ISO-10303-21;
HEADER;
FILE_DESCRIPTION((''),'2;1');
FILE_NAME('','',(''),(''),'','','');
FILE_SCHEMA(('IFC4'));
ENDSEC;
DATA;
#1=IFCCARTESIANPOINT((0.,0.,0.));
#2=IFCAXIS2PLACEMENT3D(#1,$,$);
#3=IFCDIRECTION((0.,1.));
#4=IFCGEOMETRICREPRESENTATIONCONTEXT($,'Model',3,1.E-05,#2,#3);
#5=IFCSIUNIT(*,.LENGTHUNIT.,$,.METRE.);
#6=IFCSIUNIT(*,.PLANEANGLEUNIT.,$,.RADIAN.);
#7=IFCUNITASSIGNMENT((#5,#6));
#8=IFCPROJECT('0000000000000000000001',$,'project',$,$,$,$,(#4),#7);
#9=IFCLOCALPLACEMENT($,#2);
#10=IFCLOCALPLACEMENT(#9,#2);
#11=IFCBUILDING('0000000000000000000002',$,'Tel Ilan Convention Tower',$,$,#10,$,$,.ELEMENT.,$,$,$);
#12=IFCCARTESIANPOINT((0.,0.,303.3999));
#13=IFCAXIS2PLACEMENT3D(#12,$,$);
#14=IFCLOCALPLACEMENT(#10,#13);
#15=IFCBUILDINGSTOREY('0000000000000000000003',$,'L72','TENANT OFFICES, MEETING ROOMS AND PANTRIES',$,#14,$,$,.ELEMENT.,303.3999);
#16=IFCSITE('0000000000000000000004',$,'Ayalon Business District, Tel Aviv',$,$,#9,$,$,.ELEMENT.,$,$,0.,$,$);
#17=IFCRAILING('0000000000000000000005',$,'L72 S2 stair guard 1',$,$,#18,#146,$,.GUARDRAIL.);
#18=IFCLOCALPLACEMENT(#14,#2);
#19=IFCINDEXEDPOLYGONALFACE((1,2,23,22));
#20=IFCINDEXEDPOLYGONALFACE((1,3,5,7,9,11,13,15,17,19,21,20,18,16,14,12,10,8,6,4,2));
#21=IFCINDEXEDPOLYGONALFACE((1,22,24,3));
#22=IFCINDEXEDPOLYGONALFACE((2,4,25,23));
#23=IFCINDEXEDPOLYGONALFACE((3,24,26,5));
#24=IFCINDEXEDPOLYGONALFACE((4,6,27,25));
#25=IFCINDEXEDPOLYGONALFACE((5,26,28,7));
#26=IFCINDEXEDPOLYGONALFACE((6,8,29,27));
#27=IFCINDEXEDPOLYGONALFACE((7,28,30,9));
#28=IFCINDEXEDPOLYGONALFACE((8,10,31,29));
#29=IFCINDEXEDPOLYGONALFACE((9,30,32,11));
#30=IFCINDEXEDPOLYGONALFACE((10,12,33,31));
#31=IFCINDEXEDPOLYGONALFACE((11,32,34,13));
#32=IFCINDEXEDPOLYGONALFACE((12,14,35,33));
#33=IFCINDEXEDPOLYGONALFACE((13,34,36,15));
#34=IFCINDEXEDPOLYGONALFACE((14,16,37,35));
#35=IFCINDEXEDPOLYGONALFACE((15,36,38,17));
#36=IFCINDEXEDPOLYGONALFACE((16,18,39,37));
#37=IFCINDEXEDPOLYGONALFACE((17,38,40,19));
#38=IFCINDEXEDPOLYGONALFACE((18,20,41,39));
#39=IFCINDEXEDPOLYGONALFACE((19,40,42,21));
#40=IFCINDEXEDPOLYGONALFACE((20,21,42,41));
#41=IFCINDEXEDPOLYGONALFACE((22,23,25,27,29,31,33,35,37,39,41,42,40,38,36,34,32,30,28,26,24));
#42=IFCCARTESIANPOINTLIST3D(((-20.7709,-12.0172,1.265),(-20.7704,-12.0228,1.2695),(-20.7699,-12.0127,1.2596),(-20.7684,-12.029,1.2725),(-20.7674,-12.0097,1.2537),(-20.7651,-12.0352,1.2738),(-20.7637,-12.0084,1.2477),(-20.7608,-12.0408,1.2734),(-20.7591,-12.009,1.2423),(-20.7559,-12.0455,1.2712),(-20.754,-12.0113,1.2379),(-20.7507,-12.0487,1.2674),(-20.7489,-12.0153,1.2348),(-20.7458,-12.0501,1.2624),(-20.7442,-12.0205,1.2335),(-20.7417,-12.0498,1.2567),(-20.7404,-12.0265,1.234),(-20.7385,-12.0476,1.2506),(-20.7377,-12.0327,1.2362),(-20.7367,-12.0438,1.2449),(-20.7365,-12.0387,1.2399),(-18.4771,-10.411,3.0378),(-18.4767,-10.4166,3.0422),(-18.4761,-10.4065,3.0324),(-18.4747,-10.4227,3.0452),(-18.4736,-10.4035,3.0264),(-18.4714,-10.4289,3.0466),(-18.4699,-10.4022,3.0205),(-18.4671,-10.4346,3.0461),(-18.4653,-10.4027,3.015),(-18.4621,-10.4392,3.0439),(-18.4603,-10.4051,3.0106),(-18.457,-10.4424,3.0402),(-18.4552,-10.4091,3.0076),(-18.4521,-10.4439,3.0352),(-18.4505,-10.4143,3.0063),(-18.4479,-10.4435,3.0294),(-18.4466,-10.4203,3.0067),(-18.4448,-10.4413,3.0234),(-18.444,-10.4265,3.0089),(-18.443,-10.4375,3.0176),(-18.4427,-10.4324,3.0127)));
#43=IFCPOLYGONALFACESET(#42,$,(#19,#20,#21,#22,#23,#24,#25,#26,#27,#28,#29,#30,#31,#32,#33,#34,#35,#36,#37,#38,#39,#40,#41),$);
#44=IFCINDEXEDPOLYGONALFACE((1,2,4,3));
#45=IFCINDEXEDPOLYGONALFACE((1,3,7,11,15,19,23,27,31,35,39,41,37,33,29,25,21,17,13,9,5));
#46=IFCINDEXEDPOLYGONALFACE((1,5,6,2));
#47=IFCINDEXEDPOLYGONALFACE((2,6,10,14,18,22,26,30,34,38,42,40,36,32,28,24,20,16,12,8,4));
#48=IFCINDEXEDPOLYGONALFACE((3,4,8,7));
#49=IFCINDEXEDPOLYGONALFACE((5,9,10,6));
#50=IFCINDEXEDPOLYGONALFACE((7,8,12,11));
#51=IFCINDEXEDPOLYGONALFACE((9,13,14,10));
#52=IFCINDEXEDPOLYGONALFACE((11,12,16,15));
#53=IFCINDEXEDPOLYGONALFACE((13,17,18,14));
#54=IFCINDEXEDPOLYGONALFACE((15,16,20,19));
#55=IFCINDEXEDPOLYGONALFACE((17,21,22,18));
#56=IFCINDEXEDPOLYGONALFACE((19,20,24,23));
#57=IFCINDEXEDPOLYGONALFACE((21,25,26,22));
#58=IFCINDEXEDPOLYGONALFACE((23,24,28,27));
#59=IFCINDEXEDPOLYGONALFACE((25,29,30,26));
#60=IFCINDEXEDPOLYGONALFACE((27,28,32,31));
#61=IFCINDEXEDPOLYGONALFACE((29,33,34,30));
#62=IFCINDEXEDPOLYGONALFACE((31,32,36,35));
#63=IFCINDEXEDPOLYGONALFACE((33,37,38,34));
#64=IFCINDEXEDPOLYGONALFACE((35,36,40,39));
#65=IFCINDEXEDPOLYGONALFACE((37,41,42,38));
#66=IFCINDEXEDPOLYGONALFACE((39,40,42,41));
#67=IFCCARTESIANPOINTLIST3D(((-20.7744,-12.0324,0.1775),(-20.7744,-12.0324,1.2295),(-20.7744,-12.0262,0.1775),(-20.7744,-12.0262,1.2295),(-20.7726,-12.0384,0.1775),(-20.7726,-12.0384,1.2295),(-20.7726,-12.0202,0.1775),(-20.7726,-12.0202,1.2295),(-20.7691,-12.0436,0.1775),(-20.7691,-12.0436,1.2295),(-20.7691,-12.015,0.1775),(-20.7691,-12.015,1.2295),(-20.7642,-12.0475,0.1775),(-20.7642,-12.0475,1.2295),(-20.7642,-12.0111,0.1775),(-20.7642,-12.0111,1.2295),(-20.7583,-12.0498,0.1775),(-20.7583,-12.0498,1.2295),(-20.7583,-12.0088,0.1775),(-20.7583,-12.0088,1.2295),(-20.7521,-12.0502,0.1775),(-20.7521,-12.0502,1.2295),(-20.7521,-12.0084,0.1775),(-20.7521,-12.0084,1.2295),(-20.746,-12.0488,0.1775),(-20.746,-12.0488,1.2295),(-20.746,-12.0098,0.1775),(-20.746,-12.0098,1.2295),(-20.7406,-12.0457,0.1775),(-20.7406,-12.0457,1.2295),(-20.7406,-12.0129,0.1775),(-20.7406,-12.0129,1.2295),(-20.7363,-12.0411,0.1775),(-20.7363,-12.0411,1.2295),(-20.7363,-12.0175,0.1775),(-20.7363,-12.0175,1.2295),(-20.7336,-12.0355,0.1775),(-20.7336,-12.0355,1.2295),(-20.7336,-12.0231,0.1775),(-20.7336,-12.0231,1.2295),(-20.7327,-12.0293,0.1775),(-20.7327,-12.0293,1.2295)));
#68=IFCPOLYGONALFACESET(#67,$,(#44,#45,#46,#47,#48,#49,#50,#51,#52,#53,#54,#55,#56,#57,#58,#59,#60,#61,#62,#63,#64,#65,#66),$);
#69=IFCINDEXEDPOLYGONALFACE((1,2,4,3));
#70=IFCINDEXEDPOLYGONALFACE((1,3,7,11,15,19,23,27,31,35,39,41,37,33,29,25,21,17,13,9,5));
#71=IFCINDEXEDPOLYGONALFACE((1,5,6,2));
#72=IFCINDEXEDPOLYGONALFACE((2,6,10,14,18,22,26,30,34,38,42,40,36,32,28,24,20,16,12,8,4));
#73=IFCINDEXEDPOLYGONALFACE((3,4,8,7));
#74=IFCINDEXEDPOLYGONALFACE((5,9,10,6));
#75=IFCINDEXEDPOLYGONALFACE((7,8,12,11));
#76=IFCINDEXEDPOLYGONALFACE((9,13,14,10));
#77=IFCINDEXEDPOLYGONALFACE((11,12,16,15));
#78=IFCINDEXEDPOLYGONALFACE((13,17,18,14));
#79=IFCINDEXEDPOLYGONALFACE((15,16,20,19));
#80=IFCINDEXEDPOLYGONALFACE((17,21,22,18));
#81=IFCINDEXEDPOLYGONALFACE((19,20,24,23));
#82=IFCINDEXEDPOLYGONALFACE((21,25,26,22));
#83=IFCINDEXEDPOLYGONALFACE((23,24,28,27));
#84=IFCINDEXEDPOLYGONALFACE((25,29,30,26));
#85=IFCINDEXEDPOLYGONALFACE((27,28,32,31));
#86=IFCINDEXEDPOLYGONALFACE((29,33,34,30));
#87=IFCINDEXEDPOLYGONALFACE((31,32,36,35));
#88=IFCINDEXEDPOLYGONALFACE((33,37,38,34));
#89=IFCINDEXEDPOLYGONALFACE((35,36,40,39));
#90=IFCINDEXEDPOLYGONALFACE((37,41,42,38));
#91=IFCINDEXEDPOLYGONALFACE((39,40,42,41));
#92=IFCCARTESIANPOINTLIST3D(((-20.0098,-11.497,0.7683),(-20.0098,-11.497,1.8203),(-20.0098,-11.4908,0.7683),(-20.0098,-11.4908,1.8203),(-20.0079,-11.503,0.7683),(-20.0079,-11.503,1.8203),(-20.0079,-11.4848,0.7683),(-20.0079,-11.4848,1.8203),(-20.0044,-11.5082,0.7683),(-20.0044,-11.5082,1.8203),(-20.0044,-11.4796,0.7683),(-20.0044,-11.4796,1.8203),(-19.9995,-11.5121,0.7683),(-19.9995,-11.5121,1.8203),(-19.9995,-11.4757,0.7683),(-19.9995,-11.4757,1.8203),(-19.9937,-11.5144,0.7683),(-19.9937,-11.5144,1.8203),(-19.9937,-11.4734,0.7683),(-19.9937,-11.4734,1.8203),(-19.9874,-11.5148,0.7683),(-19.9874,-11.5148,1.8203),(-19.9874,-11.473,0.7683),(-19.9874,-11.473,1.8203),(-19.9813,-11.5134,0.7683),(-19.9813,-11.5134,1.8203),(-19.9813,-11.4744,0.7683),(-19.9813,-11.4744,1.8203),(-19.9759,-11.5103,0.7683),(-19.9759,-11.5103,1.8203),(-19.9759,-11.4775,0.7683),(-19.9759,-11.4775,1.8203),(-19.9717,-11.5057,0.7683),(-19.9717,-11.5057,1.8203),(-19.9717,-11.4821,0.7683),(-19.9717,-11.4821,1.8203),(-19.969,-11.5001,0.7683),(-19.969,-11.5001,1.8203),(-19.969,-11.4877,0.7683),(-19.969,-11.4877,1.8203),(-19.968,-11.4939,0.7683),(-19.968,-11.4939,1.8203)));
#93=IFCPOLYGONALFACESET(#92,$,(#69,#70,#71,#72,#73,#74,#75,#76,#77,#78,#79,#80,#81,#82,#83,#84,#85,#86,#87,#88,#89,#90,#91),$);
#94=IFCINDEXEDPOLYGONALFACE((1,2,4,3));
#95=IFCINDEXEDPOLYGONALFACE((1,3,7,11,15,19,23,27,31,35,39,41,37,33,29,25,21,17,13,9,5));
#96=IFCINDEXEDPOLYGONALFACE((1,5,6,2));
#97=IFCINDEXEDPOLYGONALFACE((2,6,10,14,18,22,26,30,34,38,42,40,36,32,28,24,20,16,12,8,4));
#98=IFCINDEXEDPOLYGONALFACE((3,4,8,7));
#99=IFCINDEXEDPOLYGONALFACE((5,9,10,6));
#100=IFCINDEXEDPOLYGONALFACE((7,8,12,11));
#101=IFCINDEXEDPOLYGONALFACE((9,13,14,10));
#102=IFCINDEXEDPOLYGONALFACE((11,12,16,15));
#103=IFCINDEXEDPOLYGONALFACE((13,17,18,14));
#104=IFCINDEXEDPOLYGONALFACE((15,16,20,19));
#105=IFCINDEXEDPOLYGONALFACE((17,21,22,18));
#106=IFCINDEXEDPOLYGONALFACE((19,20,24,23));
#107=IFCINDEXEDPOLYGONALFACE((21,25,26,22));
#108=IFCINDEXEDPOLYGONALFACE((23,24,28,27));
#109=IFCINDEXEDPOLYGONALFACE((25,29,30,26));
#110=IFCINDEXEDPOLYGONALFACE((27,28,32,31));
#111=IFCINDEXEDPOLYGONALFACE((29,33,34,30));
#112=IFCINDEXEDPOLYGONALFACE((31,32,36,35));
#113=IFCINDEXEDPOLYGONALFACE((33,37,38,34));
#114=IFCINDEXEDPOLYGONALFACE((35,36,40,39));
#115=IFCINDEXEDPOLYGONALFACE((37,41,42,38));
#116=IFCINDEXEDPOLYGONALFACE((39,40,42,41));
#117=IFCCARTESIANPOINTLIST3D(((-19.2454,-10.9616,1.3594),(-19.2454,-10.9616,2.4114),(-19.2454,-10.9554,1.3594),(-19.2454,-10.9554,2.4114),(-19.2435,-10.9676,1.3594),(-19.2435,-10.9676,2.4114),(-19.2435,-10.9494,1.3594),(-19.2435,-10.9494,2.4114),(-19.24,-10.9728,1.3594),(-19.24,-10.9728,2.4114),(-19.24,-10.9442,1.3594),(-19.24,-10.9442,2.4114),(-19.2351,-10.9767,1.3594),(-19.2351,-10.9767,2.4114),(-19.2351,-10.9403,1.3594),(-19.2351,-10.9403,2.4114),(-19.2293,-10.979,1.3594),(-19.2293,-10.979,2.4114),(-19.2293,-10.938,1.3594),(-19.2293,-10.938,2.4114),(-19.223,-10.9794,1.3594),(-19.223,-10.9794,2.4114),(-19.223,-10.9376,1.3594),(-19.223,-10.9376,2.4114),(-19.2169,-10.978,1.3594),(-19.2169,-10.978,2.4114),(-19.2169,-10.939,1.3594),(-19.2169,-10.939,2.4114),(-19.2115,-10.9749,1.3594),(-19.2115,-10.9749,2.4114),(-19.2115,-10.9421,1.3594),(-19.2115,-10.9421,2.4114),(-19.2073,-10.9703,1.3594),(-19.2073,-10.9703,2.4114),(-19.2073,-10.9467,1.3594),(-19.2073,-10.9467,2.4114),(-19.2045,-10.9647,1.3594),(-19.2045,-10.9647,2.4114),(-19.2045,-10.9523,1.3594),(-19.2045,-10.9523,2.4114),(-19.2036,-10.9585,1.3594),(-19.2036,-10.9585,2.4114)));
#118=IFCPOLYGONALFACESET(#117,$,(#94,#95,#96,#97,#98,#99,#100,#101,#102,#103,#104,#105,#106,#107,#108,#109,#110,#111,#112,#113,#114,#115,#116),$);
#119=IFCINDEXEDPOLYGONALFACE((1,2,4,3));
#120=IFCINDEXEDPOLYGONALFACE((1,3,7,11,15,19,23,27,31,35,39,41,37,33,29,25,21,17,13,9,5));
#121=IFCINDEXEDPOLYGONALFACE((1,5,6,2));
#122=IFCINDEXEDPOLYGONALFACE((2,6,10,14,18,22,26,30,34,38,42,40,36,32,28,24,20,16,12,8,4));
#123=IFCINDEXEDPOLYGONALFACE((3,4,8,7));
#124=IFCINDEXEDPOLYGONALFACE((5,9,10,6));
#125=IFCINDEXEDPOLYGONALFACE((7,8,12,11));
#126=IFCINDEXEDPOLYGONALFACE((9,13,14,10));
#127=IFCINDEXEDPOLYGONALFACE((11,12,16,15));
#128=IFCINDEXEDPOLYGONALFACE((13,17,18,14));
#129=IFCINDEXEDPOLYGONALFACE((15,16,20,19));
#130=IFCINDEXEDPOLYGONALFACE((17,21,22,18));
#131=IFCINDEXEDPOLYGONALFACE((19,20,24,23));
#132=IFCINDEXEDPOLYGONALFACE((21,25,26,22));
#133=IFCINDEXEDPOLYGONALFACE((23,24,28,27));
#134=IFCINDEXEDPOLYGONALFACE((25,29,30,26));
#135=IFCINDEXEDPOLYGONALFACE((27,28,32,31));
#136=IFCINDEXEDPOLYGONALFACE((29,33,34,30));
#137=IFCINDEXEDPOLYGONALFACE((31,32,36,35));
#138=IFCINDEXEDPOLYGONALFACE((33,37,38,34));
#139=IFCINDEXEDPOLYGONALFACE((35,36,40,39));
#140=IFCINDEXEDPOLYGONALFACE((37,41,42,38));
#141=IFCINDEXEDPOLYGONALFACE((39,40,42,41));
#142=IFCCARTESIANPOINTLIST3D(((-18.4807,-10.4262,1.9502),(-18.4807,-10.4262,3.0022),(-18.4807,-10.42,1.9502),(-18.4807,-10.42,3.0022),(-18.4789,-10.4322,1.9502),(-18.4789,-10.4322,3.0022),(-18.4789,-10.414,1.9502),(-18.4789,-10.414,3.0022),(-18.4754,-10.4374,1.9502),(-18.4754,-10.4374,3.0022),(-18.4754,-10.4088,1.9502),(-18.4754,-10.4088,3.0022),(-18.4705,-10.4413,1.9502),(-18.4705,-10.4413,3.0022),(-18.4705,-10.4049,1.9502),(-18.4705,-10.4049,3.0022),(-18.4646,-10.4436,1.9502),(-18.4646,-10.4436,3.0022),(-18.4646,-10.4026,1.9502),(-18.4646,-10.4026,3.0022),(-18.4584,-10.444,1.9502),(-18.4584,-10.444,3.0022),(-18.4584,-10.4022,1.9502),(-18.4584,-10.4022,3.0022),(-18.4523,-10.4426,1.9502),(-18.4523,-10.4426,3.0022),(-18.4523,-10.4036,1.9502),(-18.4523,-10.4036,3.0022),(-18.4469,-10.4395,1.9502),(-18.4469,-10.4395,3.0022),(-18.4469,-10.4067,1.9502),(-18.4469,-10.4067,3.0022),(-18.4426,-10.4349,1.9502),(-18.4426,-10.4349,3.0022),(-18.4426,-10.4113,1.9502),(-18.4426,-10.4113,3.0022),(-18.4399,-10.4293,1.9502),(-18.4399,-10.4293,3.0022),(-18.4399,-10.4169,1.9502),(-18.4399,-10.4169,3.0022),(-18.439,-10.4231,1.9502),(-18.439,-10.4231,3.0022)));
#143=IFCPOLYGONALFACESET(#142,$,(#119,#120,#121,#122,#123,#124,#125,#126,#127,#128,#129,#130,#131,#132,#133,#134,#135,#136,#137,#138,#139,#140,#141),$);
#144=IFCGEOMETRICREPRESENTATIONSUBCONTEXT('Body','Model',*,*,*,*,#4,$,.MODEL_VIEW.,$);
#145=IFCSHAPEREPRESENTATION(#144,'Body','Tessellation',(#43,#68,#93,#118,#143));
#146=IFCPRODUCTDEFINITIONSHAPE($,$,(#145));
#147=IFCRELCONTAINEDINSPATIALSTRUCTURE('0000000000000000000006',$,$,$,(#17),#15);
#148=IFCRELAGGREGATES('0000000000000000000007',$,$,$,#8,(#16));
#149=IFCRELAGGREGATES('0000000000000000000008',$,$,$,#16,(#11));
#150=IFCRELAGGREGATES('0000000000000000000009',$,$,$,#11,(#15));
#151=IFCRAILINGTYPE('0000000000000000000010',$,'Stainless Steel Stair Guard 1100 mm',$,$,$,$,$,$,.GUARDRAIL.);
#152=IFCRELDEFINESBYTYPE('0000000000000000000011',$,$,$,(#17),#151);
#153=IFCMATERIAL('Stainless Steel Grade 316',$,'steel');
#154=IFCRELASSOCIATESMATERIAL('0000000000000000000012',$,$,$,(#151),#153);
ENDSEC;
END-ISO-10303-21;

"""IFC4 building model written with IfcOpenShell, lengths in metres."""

from ifc_helpers import new_model, si_unit, direction, frame, origin, origin_2d, place, context, subcontext, project, spatial, circle, extrude, material, type_object, element, save


model = new_model("IFC4")

# Units and contexts
model_context = context("Model", 3, precision=1e-05, world=origin(), true_north=direction((0.0, 1.0)))
body_context = subcontext(model_context, "Body", "Model", "MODEL_VIEW")
ifc_project = project(units=[si_unit("LENGTHUNIT", "METRE"), si_unit("PLANEANGLEUNIT", "RADIAN")], contexts=[model_context])

# Site, building, storey
site_placement = place(None, origin())
site = spatial("IfcSite", under=ifc_project, at=site_placement, Name="Ayalon Business District, Tel Aviv", CompositionType="ELEMENT", RefElevation=0.0)
building_placement = place(site_placement, origin())
building = spatial("IfcBuilding", under=site, at=building_placement, Name="Tel Ilan Convention Tower", CompositionType="ELEMENT")
storey_placement = place(building_placement, frame((0.0, 0.0, 303.3999)))
storey = spatial("IfcBuildingStorey", under=building, at=storey_placement, Name="L72", Description="TENANT OFFICES, MEETING ROOMS AND PANTRIES", CompositionType="ELEMENT", Elevation=303.3999)

# Railing
ifc_material_1 = material(Name="Stainless Steel Grade 316", Category="steel")
railing_type_1 = type_object("IfcRailingType", Name="Stainless Steel Stair Guard 1100 mm", PredefinedType="GUARDRAIL", material=ifc_material_1)
railing_1_placement = place(storey_placement, frame((-20.7537, -12.0293, 0.1775)))
element("IfcRailing", 1, at=railing_1_placement, inside=storey, type_object=railing_type_1, Name="L72 S2 stair guard 1", PredefinedType="GUARDRAIL", context=body_context, shape_type="SweptSolid", body=[
    extrude(circle(Radius=0.0239, at=origin_2d()), frame((0.0, 0.0, 1.0762), z_axis=(0.692098, 0.484653, 0.534894), x_axis=(-0.573609, 0.81913, 0.0)), (0.0, 0.0, 1.0), 3.3142),
    extrude(circle(Radius=0.021, at=origin_2d()), origin(), (0.0, 0.0, 1.0), 1.052),
    extrude(circle(Radius=0.021, at=origin_2d()), frame((0.7646, 0.5354, 0.5908)), (0.0, 0.0, 1.0), 1.052),
    extrude(circle(Radius=0.021, at=origin_2d()), frame((1.5291, 1.0708, 1.1819)), (0.0, 0.0, 1.0), 1.052),
    extrude(circle(Radius=0.021, at=origin_2d()), frame((2.2937, 1.6062, 1.7727)), (0.0, 0.0, 1.0), 1.052),
])

save(model, "model.ifc")
